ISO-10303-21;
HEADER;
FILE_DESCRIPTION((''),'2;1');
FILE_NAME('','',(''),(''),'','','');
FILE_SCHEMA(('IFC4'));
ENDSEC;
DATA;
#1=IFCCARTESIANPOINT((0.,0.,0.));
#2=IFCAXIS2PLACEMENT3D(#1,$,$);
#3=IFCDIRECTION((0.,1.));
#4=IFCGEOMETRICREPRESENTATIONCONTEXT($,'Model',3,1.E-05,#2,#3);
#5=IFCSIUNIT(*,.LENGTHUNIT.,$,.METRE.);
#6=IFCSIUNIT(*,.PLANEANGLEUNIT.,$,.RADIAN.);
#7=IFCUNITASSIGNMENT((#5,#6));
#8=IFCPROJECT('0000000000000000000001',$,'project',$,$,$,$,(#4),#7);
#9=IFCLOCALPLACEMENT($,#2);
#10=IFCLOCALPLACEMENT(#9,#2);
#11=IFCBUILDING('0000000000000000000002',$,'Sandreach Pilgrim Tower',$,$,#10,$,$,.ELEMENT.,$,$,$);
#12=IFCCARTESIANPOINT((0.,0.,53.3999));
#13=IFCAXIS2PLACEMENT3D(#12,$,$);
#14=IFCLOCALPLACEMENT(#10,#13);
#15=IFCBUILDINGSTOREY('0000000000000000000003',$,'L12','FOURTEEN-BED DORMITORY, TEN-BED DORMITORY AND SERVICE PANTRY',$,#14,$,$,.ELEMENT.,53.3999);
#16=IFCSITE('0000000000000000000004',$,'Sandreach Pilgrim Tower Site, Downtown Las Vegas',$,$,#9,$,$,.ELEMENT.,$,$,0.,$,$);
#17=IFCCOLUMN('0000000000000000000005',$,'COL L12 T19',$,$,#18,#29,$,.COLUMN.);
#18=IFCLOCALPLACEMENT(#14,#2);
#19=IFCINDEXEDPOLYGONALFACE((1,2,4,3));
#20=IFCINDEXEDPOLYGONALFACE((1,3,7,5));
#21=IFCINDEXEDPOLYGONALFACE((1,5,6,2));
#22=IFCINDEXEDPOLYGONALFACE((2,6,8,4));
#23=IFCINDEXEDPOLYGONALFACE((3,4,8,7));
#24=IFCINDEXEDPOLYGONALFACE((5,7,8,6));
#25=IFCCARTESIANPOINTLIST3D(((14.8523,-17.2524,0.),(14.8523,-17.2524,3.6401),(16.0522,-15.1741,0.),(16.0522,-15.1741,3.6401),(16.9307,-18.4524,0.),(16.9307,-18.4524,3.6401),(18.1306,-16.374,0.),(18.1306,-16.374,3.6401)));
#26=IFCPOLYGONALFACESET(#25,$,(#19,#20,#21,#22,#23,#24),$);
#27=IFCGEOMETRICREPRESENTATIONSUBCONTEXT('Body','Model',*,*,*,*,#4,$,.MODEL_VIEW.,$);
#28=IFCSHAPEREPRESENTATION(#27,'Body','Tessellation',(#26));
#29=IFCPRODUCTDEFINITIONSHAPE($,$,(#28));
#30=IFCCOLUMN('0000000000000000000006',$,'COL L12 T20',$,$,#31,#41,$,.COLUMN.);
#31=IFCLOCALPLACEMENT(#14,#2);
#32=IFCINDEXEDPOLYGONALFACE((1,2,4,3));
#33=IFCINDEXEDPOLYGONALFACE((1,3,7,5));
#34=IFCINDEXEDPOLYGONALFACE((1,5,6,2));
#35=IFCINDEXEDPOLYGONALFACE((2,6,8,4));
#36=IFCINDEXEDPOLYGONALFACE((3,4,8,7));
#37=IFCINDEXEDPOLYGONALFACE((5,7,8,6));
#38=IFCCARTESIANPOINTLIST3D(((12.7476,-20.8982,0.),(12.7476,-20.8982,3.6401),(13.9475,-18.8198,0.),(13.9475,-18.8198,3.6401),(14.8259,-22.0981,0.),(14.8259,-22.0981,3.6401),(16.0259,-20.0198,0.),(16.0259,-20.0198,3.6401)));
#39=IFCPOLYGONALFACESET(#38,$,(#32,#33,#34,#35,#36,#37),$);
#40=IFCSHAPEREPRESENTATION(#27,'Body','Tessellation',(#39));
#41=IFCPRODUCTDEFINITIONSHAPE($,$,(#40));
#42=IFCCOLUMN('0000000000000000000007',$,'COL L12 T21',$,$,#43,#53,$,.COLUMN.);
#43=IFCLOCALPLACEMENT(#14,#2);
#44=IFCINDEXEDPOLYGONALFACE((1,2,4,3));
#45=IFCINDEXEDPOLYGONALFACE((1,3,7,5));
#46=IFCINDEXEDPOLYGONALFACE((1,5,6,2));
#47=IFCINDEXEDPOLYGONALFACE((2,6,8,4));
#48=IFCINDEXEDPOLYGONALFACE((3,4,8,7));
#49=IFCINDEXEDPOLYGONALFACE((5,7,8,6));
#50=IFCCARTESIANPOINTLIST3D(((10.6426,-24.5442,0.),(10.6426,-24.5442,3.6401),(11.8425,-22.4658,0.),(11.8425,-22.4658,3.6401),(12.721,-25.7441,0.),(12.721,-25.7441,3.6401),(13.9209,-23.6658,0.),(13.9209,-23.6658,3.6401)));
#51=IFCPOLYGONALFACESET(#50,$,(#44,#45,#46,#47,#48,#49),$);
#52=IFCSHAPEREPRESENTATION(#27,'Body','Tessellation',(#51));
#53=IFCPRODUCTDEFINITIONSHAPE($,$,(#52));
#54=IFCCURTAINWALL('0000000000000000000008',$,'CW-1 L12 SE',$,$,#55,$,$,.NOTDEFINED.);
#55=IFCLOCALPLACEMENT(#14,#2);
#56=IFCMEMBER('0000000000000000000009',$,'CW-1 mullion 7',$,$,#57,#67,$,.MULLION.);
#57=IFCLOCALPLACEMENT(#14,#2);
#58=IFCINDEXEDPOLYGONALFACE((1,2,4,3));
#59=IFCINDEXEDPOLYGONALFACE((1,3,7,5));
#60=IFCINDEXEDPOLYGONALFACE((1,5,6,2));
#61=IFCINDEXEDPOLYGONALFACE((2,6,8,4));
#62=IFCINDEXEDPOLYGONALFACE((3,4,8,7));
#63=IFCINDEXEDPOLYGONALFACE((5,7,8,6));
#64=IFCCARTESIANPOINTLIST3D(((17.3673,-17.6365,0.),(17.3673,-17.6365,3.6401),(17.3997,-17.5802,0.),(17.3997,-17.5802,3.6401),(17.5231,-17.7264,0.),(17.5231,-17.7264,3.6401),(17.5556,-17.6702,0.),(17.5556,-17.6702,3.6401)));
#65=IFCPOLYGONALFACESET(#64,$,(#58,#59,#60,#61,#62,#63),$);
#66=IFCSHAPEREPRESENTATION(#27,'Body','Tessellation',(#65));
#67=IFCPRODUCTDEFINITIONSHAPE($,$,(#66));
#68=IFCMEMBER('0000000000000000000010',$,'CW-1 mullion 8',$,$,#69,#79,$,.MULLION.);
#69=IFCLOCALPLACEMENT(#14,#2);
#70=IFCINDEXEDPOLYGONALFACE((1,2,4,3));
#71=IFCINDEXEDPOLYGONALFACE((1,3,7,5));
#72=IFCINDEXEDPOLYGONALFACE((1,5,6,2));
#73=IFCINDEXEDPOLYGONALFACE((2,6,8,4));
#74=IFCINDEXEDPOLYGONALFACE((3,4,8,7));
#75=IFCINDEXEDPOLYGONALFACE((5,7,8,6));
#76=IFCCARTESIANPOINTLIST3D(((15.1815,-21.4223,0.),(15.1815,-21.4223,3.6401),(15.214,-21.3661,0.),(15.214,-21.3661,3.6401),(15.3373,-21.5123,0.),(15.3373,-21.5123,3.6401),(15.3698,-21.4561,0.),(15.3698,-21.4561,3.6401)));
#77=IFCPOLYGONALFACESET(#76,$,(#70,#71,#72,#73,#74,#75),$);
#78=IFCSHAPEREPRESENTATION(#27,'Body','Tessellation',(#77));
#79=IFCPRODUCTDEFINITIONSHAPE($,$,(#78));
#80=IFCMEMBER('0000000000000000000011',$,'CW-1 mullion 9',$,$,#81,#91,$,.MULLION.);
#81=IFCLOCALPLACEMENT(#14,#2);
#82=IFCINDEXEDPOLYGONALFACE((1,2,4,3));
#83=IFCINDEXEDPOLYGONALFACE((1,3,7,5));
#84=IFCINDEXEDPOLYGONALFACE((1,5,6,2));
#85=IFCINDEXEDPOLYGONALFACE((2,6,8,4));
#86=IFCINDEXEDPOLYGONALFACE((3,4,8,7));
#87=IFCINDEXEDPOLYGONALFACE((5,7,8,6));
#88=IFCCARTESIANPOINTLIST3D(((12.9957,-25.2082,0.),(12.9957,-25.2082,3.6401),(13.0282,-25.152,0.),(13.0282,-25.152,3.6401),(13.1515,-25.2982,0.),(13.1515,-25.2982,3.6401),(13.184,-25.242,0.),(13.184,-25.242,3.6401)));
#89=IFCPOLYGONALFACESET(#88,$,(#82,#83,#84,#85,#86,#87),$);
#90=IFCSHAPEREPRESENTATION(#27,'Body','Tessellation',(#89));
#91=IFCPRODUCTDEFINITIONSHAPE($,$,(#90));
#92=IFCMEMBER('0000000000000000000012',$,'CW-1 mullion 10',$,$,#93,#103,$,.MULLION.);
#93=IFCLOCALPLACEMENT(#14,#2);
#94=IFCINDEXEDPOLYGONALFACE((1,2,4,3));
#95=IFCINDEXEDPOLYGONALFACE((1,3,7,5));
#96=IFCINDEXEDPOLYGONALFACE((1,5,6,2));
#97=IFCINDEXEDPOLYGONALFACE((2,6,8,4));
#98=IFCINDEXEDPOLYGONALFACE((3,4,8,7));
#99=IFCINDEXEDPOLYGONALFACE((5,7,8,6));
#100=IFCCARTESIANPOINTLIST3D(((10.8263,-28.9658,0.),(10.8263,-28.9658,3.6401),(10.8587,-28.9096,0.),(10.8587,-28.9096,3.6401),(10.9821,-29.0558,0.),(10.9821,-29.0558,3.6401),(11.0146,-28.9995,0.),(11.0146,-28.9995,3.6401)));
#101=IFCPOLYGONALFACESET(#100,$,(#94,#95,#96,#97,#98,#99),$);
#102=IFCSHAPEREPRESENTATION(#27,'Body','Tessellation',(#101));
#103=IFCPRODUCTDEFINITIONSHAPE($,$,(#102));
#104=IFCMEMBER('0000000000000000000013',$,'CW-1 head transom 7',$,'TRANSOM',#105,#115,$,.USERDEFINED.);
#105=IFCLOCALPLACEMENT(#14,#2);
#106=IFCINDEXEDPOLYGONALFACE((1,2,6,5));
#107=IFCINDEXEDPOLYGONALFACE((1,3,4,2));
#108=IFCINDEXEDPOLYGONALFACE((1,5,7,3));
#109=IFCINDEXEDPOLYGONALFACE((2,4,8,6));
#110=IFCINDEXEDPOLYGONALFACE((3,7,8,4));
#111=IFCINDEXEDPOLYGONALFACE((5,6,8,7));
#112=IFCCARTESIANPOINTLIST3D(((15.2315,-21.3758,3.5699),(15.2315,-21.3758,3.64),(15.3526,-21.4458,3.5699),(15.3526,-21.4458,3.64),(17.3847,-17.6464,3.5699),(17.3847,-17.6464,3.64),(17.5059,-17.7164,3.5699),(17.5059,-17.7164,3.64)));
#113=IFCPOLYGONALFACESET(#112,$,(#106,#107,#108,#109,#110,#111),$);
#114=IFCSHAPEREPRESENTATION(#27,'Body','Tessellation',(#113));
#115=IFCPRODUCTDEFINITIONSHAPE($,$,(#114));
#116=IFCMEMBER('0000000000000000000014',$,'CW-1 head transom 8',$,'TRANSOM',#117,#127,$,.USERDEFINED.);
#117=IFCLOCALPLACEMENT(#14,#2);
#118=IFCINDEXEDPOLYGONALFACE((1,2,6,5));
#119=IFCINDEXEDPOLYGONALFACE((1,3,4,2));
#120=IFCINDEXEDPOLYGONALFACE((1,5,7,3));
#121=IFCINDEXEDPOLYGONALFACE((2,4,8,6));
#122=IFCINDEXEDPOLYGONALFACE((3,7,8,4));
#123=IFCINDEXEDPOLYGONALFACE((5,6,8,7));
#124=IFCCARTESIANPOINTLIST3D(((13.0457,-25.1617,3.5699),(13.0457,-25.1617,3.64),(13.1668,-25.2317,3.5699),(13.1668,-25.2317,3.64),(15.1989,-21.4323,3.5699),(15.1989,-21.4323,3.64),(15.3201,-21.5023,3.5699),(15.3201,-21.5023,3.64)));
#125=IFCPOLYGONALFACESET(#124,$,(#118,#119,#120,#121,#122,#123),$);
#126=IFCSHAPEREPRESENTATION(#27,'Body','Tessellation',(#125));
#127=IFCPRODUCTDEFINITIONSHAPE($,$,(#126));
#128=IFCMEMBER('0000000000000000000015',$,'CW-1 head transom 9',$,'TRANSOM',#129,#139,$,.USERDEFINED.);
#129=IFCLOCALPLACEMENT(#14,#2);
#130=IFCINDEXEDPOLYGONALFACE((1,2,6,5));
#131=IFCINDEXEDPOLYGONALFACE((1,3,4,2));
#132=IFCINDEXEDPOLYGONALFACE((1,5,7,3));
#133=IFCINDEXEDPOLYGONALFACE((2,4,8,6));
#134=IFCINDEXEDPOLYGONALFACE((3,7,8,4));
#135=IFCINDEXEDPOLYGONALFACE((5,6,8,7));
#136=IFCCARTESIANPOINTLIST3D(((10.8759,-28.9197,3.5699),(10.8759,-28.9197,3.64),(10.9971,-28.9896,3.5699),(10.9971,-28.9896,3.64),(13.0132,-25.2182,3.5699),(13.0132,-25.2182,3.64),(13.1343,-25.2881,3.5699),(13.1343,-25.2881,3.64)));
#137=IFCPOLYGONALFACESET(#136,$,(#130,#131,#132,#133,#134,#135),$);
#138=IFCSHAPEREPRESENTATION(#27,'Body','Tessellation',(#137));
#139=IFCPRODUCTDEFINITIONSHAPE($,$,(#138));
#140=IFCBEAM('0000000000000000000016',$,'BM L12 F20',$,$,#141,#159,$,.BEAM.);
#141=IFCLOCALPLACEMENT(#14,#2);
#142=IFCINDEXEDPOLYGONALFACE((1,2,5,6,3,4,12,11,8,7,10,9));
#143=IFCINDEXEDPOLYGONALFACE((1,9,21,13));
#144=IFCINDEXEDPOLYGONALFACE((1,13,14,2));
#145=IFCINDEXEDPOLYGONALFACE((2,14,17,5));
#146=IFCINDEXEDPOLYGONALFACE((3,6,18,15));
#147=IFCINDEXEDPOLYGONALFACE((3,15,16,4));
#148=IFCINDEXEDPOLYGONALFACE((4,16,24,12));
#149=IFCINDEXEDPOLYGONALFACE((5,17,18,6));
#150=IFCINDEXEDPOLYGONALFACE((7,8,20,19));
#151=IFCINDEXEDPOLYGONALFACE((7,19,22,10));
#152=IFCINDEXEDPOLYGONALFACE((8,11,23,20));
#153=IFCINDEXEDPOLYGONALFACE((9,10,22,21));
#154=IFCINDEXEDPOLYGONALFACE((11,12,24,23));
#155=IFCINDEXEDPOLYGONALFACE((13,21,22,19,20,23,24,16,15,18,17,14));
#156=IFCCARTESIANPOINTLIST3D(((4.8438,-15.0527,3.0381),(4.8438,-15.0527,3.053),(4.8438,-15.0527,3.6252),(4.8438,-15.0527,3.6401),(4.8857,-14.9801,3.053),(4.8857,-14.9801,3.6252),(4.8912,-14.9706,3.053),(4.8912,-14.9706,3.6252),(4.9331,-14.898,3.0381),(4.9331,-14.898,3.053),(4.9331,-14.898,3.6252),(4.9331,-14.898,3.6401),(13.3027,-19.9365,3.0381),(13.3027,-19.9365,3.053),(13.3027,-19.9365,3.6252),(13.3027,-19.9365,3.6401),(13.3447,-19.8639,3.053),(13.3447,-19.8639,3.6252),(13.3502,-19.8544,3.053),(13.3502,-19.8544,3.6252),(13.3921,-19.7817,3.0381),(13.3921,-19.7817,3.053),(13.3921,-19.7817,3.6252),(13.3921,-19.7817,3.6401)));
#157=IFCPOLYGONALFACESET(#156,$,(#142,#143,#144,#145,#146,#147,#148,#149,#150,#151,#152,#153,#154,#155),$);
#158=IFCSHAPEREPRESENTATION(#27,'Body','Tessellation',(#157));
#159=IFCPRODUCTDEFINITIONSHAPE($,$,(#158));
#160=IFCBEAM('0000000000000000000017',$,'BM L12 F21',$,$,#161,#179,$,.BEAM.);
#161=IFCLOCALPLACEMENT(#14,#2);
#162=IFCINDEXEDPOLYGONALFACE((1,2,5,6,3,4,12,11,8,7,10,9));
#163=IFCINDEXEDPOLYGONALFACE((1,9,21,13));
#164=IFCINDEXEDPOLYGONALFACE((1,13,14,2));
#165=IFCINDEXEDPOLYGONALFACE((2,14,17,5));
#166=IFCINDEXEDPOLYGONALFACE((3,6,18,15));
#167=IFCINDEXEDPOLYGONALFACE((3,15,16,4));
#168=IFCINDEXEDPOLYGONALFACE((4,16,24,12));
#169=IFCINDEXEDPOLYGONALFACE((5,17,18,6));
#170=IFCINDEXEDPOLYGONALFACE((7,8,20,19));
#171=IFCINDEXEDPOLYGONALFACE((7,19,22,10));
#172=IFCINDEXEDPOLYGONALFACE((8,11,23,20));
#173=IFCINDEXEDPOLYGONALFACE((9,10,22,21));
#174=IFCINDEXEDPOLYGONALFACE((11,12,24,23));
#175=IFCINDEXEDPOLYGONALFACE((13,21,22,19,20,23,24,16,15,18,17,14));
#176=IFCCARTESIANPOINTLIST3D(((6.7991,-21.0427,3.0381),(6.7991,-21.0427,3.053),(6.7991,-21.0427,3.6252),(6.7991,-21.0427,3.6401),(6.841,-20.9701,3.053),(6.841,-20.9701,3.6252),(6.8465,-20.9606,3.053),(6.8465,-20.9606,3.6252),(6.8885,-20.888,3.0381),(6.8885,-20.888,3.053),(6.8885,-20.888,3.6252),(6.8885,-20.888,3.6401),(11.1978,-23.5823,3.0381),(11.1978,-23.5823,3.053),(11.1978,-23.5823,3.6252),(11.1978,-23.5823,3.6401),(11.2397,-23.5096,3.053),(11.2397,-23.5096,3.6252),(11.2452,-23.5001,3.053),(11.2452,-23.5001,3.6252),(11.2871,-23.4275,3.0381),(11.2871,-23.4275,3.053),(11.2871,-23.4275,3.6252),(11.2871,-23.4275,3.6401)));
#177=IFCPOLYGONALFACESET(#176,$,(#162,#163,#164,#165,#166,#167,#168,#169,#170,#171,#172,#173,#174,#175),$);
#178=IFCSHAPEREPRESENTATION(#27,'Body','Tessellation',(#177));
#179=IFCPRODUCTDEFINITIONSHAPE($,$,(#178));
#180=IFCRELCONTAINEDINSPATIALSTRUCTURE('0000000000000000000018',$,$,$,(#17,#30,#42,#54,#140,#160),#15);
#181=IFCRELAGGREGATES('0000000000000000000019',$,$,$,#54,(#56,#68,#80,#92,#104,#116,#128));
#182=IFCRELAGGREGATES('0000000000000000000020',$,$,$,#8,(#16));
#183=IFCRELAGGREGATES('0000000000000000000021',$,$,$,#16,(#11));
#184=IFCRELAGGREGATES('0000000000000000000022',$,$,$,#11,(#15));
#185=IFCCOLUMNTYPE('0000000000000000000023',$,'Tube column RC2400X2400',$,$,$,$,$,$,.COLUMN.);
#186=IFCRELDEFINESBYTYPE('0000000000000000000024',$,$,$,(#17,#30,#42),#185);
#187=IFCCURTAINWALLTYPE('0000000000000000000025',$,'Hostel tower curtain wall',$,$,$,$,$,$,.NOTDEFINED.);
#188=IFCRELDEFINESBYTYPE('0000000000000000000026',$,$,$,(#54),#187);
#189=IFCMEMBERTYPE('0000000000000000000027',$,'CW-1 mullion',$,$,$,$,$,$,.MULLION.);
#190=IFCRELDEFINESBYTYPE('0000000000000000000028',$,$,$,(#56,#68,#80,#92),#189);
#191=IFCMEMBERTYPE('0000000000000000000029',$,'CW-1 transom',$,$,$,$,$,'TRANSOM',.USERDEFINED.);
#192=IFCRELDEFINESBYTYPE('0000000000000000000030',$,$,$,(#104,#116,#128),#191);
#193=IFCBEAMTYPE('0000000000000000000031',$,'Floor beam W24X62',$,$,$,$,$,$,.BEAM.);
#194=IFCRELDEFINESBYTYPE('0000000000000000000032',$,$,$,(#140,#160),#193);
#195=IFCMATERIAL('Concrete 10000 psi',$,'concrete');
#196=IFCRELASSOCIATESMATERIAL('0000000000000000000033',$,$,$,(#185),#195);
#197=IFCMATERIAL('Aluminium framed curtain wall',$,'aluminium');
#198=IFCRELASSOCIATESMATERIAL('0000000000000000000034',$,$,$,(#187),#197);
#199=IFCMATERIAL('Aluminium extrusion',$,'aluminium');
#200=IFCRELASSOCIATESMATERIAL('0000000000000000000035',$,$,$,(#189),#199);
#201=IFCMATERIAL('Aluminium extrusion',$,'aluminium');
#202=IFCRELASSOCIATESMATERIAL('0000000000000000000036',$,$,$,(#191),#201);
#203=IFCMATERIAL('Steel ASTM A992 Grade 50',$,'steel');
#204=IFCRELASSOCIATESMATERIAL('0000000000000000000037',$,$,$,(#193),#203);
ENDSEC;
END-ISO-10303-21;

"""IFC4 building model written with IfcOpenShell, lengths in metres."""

from ifc_helpers import new_model, si_unit, direction, frame, origin, origin_2d, place, context, subcontext, project, spatial, rectangle, i_section, extrude, clip, halfspace, material, material_profile, profile_set, type_object, element, aggregate, save


model = new_model("IFC4")

# Units and contexts
model_context = context("Model", 3, precision=1e-05, world=origin(), true_north=direction((0.0, 1.0)))
body_context = subcontext(model_context, "Body", "Model", "MODEL_VIEW")
ifc_project = project(units=[si_unit("LENGTHUNIT", "METRE"), si_unit("PLANEANGLEUNIT", "RADIAN")], contexts=[model_context])

# Site, building, storey
site_placement = place(None, origin())
site = spatial("IfcSite", under=ifc_project, at=site_placement, Name="Sandreach Pilgrim Tower Site, Downtown Las Vegas", CompositionType="ELEMENT", RefElevation=0.0)
building_placement = place(site_placement, origin())
building = spatial("IfcBuilding", under=site, at=building_placement, Name="Sandreach Pilgrim Tower", CompositionType="ELEMENT")
storey_placement = place(building_placement, frame((0.0, 0.0, 53.3999)))
storey = spatial("IfcBuildingStorey", under=building, at=storey_placement, Name="L12", Description="FOURTEEN-BED DORMITORY, TEN-BED DORMITORY AND SERVICE PANTRY", CompositionType="ELEMENT", Elevation=53.3999)

# Columns
ifc_material_1 = material(Name="Concrete 10000 psi", Category="concrete")
ifc_material_profile_1 = material_profile(ifc_material_1, rectangle(XDim=2.3999, YDim=2.3999, at=origin_2d()), Name="RC2400X2400")
ifc_profile_set_1 = profile_set([ifc_material_profile_1], Name="Concrete 10000 psi")
column_type = type_object("IfcColumnType", Name="Tube column RC2400X2400", PredefinedType="COLUMN", material=ifc_profile_set_1)
column_1_placement = place(storey_placement, frame((16.4915, -16.8132, 0.0), z_axis=(0.0, 0.0, 1.0), x_axis=(0.866025, -0.5, 0.0)))
element("IfcColumn", 1, at=column_1_placement, inside=storey, type_object=column_type, Name="COL L12 T19", PredefinedType="COLUMN", context=body_context, shape_type="SweptSolid", body=[
    clip(extrude(rectangle(XDim=2.3999, YDim=2.3999, at=origin_2d()), origin(), (0.0, 0.0, 1.0), 3.7439), halfspace(frame((0.0, 0.0, 3.6401)), False)),
])
column_2_placement = place(storey_placement, frame((14.3867, -20.459, 0.0), z_axis=(0.0, 0.0, 1.0), x_axis=(0.866025, -0.5, 0.0)))
element("IfcColumn", 2, at=column_2_placement, inside=storey, type_object=column_type, Name="COL L12 T20", PredefinedType="COLUMN", context=body_context, shape_type="SweptSolid", body=[
    clip(extrude(rectangle(XDim=2.3999, YDim=2.3999, at=origin_2d()), origin(), (0.0, 0.0, 1.0), 3.7356), halfspace(frame((0.0, 0.0, 3.6401)), False)),
])
column_3_placement = place(storey_placement, frame((12.2817, -24.105, 0.0), z_axis=(0.0, 0.0, 1.0), x_axis=(0.866025, -0.5, 0.0)))
element("IfcColumn", 3, at=column_3_placement, inside=storey, type_object=column_type, Name="COL L12 T21", PredefinedType="COLUMN", context=body_context, shape_type="SweptSolid", body=[
    clip(extrude(rectangle(XDim=2.3999, YDim=2.3999, at=origin_2d()), origin(), (0.0, 0.0, 1.0), 3.7275), halfspace(frame((0.0, 0.0, 3.6401)), False)),
])

# Curtain wall, members
ifc_material_2 = material(Name="Aluminium framed curtain wall", Category="aluminium")
curtain_wall_type = type_object("IfcCurtainWallType", Name="Hostel tower curtain wall", PredefinedType="NOTDEFINED", material=ifc_material_2)
curtain_wall_placement = place(storey_placement, origin())
curtain_wall = element("IfcCurtainWall", 4, at=curtain_wall_placement, inside=storey, type_object=curtain_wall_type, Name="CW-1 L12 SE", PredefinedType="NOTDEFINED")
ifc_material_3 = material(Name="Aluminium extrusion", Category="aluminium")
ifc_material_profile_2 = material_profile(ifc_material_3, rectangle(XDim=0.0649, YDim=0.1799, at=origin_2d()), Name="CW-1M 65X180")
ifc_profile_set_2 = profile_set([ifc_material_profile_2], Name="Aluminium extrusion")
member_type_1 = type_object("IfcMemberType", Name="CW-1 mullion", PredefinedType="MULLION", material=ifc_profile_set_2)
member_1_placement = place(storey_placement, frame((17.4614, -17.6533, 0.0), z_axis=(0.0, 0.0, 1.0), x_axis=(-0.5, -0.866025, 0.0)))
member_1 = element("IfcMember", 5, at=member_1_placement, type_object=member_type_1, Name="CW-1 mullion 7", PredefinedType="MULLION", context=body_context, shape_type="SweptSolid", body=[
    extrude(rectangle(XDim=0.0649, YDim=0.1799, at=origin_2d()), origin(), (0.0, 0.0, 1.0), 3.6401),
])
member_2_placement = place(storey_placement, frame((15.2756, -21.4392, 0.0), z_axis=(0.0, 0.0, 1.0), x_axis=(-0.5, -0.866025, 0.0)))
member_2 = element("IfcMember", 6, at=member_2_placement, type_object=member_type_1, Name="CW-1 mullion 8", PredefinedType="MULLION", context=body_context, shape_type="SweptSolid", body=[
    extrude(rectangle(XDim=0.0649, YDim=0.1799, at=origin_2d()), origin(), (0.0, 0.0, 1.0), 3.6401),
])
member_3_placement = place(storey_placement, frame((13.0898, -25.2251, 0.0), z_axis=(0.0, 0.0, 1.0), x_axis=(-0.5, -0.866025, 0.0)))
member_3 = element("IfcMember", 7, at=member_3_placement, type_object=member_type_1, Name="CW-1 mullion 9", PredefinedType="MULLION", context=body_context, shape_type="SweptSolid", body=[
    extrude(rectangle(XDim=0.0649, YDim=0.1799, at=origin_2d()), origin(), (0.0, 0.0, 1.0), 3.6401),
])
member_4_placement = place(storey_placement, frame((10.9204, -28.9827, 0.0), z_axis=(0.0, 0.0, 1.0), x_axis=(-0.5, -0.866025, 0.0)))
member_4 = element("IfcMember", 8, at=member_4_placement, type_object=member_type_1, Name="CW-1 mullion 10", PredefinedType="MULLION", context=body_context, shape_type="SweptSolid", body=[
    extrude(rectangle(XDim=0.0649, YDim=0.1799, at=origin_2d()), origin(), (0.0, 0.0, 1.0), 3.6401),
])
ifc_material_4 = material(Name="Aluminium extrusion", Category="aluminium")
ifc_material_profile_3 = material_profile(ifc_material_4, rectangle(XDim=0.1399, YDim=0.0701, at=origin_2d()), Name="CW-1T 140X70")
ifc_profile_set_3 = profile_set([ifc_material_profile_3], Name="Aluminium extrusion")
member_type_2 = type_object("IfcMemberType", Name="CW-1 transom", ElementType="TRANSOM", PredefinedType="USERDEFINED", material=ifc_profile_set_3)
member_5_placement = place(storey_placement, frame((17.4453, -17.6814, 3.605), z_axis=(-0.500017, -0.866016, 0.0), x_axis=(0.866016, -0.500017, 0.0)))
member_5 = element("IfcMember", 9, at=member_5_placement, type_object=member_type_2, Name="CW-1 head transom 7", ObjectType="TRANSOM", PredefinedType="USERDEFINED", context=body_context, shape_type="SweptSolid", body=[
    extrude(rectangle(XDim=0.1399, YDim=0.0701, at=origin_2d()), origin(), (0.0, 0.0, 1.0), 4.3064),
])
member_6_placement = place(storey_placement, frame((15.2595, -21.4673, 3.605), z_axis=(-0.500017, -0.866016, 0.0), x_axis=(0.866016, -0.500017, 0.0)))
member_6 = element("IfcMember", 10, at=member_6_placement, type_object=member_type_2, Name="CW-1 head transom 8", ObjectType="TRANSOM", PredefinedType="USERDEFINED", context=body_context, shape_type="SweptSolid", body=[
    extrude(rectangle(XDim=0.1399, YDim=0.0701, at=origin_2d()), origin(), (0.0, 0.0, 1.0), 4.3064),
])
member_7_placement = place(storey_placement, frame((13.0737, -25.2532, 3.605), z_axis=(-0.500034, -0.866006, 0.0), x_axis=(0.866006, -0.500034, 0.0)))
member_7 = element("IfcMember", 11, at=member_7_placement, type_object=member_type_2, Name="CW-1 head transom 9", ObjectType="TRANSOM", PredefinedType="USERDEFINED", context=body_context, shape_type="SweptSolid", body=[
    extrude(rectangle(XDim=0.1399, YDim=0.0701, at=origin_2d()), origin(), (0.0, 0.0, 1.0), 4.2742),
])

# Beams
ifc_material_5 = material(Name="Steel ASTM A992 Grade 50", Category="steel")
ifc_material_profile_4 = material_profile(ifc_material_5, i_section(OverallWidth=0.1787, OverallDepth=0.6021, WebThickness=0.011, FlangeThickness=0.0149, at=origin_2d()), Name="W24X62")
ifc_profile_set_4 = profile_set([ifc_material_profile_4], Name="Steel ASTM A992 Grade 50")
beam_type_1 = type_object("IfcBeamType", Name="Floor beam W24X62", PredefinedType="BEAM", material=ifc_profile_set_4)
beam_1_placement = place(storey_placement, frame((13.3474, -19.8591, 3.3391), z_axis=(-0.866026, 0.499999, 0.0), x_axis=(-0.499999, -0.866026, 0.0)))
element("IfcBeam", 12, at=beam_1_placement, inside=storey, type_object=beam_type_1, Name="BM L12 F20", PredefinedType="BEAM", context=body_context, shape_type="SweptSolid", body=[
    extrude(i_section(OverallWidth=0.1787, OverallDepth=0.6021, WebThickness=0.011, FlangeThickness=0.0149, at=origin_2d()), origin(), (0.0, 0.0, 1.0), 9.7676),
])
beam_2_placement = place(storey_placement, frame((11.2424, -23.5049, 3.3391), z_axis=(-0.866028, 0.499996, 0.0), x_axis=(-0.499996, -0.866028, 0.0)))
element("IfcBeam", 13, at=beam_2_placement, inside=storey, type_object=beam_type_1, Name="BM L12 F21", PredefinedType="BEAM", context=body_context, shape_type="SweptSolid", body=[
    extrude(i_section(OverallWidth=0.1787, OverallDepth=0.6021, WebThickness=0.011, FlangeThickness=0.0149, at=origin_2d()), origin(), (0.0, 0.0, 1.0), 5.0791),
])

aggregate(curtain_wall, [member_1, member_2, member_3, member_4, member_5, member_6, member_7])

save(model, "model.ifc")
